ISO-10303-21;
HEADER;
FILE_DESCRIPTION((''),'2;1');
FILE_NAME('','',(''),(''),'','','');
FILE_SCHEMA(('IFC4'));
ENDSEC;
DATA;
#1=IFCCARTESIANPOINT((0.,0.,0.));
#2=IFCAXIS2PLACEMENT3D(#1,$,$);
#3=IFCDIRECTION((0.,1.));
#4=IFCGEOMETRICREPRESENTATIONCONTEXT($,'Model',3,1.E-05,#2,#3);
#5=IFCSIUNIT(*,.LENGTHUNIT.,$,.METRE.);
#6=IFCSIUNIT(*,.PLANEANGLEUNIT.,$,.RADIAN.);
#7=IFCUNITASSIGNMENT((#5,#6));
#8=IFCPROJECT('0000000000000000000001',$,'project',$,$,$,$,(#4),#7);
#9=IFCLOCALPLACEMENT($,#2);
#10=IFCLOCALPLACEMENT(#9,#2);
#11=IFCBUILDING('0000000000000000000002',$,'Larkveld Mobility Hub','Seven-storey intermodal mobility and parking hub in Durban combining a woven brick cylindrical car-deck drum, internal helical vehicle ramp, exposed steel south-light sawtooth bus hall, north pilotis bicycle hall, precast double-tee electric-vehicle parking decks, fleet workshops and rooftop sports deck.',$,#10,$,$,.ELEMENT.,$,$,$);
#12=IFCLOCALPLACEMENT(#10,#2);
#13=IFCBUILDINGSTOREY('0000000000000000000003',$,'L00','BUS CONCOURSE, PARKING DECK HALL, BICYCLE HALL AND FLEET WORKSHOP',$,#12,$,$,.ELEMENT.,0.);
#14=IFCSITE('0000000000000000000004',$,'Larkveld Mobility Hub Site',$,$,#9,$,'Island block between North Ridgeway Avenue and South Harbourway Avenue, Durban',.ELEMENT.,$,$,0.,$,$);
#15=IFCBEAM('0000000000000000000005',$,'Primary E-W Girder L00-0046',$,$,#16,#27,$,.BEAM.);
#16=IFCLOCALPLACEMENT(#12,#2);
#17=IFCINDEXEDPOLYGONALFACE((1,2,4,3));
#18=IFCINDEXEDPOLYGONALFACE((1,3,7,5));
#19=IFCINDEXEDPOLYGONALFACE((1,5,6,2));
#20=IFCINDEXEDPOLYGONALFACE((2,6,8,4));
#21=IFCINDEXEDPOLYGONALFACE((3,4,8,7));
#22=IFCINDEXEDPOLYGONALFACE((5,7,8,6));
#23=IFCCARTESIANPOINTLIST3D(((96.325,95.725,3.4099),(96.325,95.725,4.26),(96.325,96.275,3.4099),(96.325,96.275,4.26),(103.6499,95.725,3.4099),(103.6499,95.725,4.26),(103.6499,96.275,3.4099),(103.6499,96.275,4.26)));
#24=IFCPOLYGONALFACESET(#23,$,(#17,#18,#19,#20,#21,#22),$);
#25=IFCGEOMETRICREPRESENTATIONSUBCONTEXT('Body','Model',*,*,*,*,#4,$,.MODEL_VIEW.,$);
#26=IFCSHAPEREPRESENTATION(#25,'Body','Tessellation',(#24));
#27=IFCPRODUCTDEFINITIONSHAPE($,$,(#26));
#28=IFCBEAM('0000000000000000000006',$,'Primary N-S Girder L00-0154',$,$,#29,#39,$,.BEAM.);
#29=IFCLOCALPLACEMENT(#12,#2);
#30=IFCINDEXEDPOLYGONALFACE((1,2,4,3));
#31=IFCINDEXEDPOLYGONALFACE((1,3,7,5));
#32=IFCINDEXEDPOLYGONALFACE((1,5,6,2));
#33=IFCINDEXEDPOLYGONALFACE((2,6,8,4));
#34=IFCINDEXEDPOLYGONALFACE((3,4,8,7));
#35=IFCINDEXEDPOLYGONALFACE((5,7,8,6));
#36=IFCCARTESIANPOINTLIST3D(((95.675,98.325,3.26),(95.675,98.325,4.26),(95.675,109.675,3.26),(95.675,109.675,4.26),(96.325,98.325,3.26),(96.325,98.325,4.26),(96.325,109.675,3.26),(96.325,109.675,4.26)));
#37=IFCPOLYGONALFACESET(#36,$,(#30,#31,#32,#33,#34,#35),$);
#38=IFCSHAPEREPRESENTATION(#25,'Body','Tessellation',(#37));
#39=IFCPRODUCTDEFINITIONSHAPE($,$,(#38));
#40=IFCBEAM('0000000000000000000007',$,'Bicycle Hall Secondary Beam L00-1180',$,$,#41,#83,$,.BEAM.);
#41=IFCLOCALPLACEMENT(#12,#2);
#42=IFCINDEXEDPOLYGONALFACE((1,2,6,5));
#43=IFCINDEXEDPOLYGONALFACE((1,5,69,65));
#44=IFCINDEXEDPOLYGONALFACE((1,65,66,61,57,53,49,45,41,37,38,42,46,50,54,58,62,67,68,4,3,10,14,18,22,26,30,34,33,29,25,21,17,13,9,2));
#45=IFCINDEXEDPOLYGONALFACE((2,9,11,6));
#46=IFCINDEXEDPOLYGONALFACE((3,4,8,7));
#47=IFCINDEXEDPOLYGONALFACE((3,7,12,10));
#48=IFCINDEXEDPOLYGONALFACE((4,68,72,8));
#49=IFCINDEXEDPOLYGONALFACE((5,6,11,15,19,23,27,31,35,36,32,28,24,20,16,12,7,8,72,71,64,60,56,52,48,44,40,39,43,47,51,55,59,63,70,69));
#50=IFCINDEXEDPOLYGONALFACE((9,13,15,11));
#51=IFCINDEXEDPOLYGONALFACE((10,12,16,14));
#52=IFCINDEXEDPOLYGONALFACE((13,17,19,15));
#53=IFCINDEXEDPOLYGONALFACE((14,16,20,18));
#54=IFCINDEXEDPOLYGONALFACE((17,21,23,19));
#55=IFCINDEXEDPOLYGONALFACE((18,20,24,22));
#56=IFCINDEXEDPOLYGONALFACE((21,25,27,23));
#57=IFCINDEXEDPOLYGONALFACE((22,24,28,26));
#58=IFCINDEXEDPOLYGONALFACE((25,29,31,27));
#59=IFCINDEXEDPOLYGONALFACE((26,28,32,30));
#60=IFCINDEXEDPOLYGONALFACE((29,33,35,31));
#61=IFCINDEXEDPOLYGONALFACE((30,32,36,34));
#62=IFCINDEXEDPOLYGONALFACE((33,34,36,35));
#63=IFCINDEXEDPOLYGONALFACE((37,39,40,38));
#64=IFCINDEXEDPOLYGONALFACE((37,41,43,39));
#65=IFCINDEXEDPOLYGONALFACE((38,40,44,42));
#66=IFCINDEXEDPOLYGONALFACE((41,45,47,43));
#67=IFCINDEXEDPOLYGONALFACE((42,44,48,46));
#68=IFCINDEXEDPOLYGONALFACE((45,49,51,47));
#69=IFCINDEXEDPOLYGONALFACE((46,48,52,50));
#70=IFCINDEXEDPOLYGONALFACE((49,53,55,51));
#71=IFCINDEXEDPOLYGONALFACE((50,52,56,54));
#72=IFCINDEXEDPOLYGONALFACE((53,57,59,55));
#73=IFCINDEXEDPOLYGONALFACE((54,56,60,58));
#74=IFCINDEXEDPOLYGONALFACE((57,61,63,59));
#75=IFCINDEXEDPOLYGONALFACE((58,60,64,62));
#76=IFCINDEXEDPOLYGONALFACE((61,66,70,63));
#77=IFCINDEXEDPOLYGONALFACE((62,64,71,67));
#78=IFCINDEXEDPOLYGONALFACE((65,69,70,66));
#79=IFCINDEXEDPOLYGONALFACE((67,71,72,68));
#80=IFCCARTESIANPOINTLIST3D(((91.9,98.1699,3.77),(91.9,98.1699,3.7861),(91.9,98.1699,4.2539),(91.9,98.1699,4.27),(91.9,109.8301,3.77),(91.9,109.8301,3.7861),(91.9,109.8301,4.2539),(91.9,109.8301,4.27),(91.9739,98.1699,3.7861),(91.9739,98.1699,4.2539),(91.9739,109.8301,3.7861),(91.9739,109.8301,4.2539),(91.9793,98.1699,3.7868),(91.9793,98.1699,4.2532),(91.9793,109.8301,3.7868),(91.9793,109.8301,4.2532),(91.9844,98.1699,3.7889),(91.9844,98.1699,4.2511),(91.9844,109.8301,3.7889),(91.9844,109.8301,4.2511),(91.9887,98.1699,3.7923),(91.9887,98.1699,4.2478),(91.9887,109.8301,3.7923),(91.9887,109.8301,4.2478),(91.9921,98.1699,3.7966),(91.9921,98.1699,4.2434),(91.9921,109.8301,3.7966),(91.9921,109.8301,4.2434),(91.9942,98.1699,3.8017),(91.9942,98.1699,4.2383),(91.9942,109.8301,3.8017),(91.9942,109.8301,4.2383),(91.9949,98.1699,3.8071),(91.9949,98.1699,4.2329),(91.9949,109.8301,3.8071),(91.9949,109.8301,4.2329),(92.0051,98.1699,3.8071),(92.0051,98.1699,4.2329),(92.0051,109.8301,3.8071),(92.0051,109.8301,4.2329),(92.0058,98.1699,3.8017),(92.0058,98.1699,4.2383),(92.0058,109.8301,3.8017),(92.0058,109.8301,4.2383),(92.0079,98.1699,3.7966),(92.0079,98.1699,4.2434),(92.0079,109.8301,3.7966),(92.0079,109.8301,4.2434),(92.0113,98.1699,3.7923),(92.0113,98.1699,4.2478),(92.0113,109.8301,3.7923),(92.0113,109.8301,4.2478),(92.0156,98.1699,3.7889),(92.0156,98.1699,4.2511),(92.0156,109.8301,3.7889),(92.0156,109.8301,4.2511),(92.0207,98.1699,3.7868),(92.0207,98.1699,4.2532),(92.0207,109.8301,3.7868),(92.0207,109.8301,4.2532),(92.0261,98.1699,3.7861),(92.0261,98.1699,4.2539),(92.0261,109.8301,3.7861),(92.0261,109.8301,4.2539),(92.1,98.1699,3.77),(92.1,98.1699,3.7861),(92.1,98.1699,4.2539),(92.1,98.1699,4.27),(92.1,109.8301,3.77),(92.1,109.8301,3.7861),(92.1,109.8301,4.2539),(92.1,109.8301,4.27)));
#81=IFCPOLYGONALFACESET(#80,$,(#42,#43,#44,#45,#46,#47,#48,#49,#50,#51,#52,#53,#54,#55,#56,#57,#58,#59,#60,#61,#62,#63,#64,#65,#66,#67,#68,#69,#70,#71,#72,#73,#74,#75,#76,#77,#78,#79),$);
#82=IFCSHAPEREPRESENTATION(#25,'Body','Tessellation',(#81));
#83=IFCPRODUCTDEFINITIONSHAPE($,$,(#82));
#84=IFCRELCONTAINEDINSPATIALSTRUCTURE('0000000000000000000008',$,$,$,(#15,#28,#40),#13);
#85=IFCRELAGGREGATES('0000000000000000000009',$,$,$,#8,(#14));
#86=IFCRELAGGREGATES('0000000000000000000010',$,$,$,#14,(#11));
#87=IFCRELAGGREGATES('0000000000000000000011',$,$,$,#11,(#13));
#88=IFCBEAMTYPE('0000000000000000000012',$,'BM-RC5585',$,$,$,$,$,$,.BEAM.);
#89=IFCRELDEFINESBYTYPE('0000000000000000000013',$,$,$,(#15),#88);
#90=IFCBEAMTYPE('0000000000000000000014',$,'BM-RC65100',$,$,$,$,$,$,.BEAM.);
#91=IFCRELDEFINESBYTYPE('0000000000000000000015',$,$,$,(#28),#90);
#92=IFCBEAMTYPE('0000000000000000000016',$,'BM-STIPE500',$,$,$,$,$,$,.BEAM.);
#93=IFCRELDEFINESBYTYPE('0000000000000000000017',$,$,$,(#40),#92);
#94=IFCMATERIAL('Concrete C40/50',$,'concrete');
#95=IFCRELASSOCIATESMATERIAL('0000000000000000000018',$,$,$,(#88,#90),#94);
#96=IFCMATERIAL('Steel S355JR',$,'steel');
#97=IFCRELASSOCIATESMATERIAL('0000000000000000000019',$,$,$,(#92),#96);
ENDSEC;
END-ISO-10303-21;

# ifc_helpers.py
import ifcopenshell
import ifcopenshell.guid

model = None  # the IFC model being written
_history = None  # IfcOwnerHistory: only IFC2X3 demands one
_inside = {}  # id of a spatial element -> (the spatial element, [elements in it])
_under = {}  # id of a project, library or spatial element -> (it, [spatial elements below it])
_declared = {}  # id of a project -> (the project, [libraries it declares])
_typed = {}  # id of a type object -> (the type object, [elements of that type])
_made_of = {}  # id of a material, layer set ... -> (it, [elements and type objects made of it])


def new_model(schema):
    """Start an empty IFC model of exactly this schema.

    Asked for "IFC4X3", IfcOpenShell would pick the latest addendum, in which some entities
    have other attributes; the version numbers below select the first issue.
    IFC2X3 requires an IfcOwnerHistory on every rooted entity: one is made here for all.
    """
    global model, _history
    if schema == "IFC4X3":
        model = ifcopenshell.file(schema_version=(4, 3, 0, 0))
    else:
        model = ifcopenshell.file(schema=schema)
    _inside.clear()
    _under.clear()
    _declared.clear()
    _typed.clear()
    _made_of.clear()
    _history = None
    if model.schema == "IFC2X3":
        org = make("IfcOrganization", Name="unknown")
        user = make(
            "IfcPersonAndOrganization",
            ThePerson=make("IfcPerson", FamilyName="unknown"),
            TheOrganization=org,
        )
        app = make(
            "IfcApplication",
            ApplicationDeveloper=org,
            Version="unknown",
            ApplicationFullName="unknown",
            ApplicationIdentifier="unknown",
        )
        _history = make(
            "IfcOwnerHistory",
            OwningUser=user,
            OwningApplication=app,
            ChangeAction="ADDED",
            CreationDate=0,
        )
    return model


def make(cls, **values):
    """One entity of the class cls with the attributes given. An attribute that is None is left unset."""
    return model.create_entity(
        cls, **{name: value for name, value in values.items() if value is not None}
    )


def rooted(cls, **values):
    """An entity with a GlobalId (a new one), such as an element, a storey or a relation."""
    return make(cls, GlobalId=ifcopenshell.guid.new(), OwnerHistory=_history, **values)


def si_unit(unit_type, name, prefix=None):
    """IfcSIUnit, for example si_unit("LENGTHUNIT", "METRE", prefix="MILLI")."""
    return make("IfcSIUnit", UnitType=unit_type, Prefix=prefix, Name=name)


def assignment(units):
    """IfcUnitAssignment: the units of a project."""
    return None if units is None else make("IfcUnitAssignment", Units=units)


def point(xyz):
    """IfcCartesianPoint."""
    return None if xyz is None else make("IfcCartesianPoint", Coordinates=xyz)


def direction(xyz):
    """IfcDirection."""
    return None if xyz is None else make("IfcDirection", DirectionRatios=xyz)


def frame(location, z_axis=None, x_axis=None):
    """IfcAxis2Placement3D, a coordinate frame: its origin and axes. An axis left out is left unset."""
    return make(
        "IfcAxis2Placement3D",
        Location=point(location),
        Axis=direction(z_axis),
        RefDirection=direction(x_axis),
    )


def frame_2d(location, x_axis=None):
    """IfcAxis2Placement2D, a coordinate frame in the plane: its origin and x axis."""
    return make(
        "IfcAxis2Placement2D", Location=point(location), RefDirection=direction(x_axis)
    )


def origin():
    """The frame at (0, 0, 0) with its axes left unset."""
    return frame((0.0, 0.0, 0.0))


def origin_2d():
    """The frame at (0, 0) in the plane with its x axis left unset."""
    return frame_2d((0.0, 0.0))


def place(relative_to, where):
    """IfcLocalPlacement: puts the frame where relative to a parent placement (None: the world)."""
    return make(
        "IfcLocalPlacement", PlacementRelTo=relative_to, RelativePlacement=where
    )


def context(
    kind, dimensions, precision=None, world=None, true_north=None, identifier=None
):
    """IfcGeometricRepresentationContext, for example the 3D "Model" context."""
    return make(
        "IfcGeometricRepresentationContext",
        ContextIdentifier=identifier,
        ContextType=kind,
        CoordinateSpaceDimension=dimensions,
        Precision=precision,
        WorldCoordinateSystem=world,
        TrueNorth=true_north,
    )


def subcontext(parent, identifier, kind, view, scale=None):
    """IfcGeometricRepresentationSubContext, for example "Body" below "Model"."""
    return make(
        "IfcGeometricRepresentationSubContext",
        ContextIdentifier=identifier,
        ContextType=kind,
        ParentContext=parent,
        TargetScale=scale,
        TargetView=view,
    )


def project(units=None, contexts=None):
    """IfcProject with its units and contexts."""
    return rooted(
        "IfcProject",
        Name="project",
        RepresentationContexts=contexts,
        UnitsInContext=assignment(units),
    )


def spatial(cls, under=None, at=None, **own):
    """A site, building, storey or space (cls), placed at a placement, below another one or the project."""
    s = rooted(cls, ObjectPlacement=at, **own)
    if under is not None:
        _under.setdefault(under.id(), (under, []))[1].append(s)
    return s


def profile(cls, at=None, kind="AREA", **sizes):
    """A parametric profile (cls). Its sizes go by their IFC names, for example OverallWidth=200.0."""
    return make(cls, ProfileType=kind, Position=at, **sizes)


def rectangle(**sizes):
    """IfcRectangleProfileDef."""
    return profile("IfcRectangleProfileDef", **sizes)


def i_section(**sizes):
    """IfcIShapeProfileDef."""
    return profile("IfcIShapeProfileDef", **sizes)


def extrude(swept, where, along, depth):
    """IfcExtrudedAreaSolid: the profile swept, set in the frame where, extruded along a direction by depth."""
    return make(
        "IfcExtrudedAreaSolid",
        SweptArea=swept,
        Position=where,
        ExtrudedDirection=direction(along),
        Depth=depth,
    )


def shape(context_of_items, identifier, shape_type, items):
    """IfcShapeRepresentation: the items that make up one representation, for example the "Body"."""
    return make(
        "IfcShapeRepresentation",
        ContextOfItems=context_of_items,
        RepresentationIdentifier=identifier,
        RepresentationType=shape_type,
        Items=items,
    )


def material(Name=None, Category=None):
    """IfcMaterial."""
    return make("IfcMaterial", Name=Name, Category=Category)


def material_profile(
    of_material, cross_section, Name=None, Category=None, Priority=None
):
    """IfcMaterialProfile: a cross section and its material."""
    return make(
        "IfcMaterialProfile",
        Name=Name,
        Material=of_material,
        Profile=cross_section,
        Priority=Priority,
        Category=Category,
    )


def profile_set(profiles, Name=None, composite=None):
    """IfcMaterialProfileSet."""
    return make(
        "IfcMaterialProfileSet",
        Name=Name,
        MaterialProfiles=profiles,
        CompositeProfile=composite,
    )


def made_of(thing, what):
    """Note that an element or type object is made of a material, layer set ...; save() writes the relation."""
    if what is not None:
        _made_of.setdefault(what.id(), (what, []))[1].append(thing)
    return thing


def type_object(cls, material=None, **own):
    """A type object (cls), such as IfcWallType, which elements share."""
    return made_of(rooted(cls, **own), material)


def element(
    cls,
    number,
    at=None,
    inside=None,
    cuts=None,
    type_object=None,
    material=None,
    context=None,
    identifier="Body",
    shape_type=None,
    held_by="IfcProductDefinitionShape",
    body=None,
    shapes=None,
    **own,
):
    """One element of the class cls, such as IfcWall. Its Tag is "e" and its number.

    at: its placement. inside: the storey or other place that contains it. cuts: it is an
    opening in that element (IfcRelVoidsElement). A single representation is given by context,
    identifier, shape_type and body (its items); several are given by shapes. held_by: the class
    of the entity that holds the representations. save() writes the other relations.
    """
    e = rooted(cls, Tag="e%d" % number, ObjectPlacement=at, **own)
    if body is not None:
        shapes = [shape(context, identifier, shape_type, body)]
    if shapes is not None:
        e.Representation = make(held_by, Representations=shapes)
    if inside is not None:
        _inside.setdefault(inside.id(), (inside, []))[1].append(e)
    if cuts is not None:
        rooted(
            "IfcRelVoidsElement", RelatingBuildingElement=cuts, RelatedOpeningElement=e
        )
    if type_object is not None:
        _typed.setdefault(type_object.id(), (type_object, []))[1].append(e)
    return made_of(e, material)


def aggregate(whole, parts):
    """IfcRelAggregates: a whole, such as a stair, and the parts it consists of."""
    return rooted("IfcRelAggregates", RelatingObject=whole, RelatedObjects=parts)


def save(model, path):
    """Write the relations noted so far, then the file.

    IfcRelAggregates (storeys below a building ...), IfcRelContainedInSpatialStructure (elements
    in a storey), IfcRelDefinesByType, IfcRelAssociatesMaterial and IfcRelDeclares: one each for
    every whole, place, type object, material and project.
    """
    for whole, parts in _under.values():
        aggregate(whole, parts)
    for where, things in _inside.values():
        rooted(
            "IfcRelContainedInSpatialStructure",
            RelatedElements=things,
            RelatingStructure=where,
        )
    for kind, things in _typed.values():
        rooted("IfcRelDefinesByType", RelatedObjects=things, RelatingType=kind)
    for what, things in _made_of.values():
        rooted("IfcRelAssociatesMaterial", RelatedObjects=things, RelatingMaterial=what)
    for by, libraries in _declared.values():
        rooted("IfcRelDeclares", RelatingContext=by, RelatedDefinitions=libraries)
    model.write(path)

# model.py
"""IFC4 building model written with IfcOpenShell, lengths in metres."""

from ifc_helpers import new_model, si_unit, direction, frame, origin, origin_2d, place, context, subcontext, project, spatial, rectangle, i_section, extrude, material, material_profile, profile_set, type_object, element, save


model = new_model("IFC4")

# Units and contexts
model_context = context("Model", 3, precision=1e-05, world=origin(), true_north=direction((0.0, 1.0)))
body_context = subcontext(model_context, "Body", "Model", "MODEL_VIEW")
ifc_project = project(units=[si_unit("LENGTHUNIT", "METRE"), si_unit("PLANEANGLEUNIT", "RADIAN")], contexts=[model_context])

# Site, building, storey
site_placement = place(None, origin())
site = spatial("IfcSite", under=ifc_project, at=site_placement, Name="Larkveld Mobility Hub Site", LongName="Island block between North Ridgeway Avenue and South Harbourway Avenue, Durban", CompositionType="ELEMENT", RefElevation=0.0)
building_placement = place(site_placement, origin())
building = spatial("IfcBuilding", under=site, at=building_placement, Name="Larkveld Mobility Hub", Description="Seven-storey intermodal mobility and parking hub in Durban combining a woven brick cylindrical car-deck drum, internal helical vehicle ramp, exposed steel south-light sawtooth bus hall, north pilotis bicycle hall, precast double-tee electric-vehicle parking decks, fleet workshops and rooftop sports deck.", CompositionType="ELEMENT")
storey_placement = place(building_placement, origin())
storey = spatial("IfcBuildingStorey", under=building, at=storey_placement, Name="L00", Description="BUS CONCOURSE, PARKING DECK HALL, BICYCLE HALL AND FLEET WORKSHOP", CompositionType="ELEMENT", Elevation=0.0)

# Beams
ifc_material_1 = material(Name="Concrete C40/50", Category="concrete")
ifc_material_profile_1 = material_profile(ifc_material_1, rectangle(XDim=0.55, YDim=0.8501, at=origin_2d()), Name="RC BM 550x850")
ifc_profile_set_1 = profile_set([ifc_material_profile_1], Name="Concrete C40/50")
beam_type_1 = type_object("IfcBeamType", Name="BM-RC5585", PredefinedType="BEAM", material=ifc_profile_set_1)
beam_1_placement = place(storey_placement, frame((96.325, 96.0, 3.835), z_axis=(1.0, 0.0, 0.0), x_axis=(0.0, 1.0, 0.0)))
element("IfcBeam", 1, at=beam_1_placement, inside=storey, type_object=beam_type_1, Name="Primary E-W Girder L00-0046", PredefinedType="BEAM", context=body_context, shape_type="SweptSolid", body=[
    extrude(rectangle(XDim=0.55, YDim=0.8501, at=origin_2d()), origin(), (0.0, 0.0, 1.0), 7.325),
])
ifc_material_profile_2 = material_profile(ifc_material_1, rectangle(XDim=0.6499, YDim=1.0, at=origin_2d()), Name="RC BM 650x1000")
ifc_profile_set_2 = profile_set([ifc_material_profile_2], Name="Concrete C40/50")
beam_type_2 = type_object("IfcBeamType", Name="BM-RC65100", PredefinedType="BEAM", material=ifc_profile_set_2)
beam_2_placement = place(storey_placement, frame((96.0, 98.325, 3.76), z_axis=(0.0, 1.0, 0.0), x_axis=(-1.0, 0.0, 0.0)))
element("IfcBeam", 2, at=beam_2_placement, inside=storey, type_object=beam_type_2, Name="Primary N-S Girder L00-0154", PredefinedType="BEAM", context=body_context, shape_type="SweptSolid", body=[
    extrude(rectangle(XDim=0.6499, YDim=1.0, at=origin_2d()), origin(), (0.0, 0.0, 1.0), 11.3501),
])
ifc_material_2 = material(Name="Steel S355JR", Category="steel")
ifc_material_profile_3 = material_profile(ifc_material_2, i_section(OverallWidth=0.2, OverallDepth=0.5, WebThickness=0.0103, FlangeThickness=0.0161, FilletRadius=0.021, at=origin_2d()), Name="IPE 500")
ifc_profile_set_3 = profile_set([ifc_material_profile_3], Name="Steel S355JR")
beam_type_3 = type_object("IfcBeamType", Name="BM-STIPE500", PredefinedType="BEAM", material=ifc_profile_set_3)
beam_3_placement = place(storey_placement, frame((92.0, 98.1699, 4.02), z_axis=(0.0, 1.0, 0.0), x_axis=(-1.0, 0.0, 0.0)))
element("IfcBeam", 3, at=beam_3_placement, inside=storey, type_object=beam_type_3, Name="Bicycle Hall Secondary Beam L00-1180", PredefinedType="BEAM", context=body_context, shape_type="SweptSolid", body=[
    extrude(i_section(OverallWidth=0.2, OverallDepth=0.5, WebThickness=0.0103, FlangeThickness=0.0161, FilletRadius=0.021, at=origin_2d()), origin(), (0.0, 0.0, 1.0), 11.6602),
])

save(model, "model.ifc")
